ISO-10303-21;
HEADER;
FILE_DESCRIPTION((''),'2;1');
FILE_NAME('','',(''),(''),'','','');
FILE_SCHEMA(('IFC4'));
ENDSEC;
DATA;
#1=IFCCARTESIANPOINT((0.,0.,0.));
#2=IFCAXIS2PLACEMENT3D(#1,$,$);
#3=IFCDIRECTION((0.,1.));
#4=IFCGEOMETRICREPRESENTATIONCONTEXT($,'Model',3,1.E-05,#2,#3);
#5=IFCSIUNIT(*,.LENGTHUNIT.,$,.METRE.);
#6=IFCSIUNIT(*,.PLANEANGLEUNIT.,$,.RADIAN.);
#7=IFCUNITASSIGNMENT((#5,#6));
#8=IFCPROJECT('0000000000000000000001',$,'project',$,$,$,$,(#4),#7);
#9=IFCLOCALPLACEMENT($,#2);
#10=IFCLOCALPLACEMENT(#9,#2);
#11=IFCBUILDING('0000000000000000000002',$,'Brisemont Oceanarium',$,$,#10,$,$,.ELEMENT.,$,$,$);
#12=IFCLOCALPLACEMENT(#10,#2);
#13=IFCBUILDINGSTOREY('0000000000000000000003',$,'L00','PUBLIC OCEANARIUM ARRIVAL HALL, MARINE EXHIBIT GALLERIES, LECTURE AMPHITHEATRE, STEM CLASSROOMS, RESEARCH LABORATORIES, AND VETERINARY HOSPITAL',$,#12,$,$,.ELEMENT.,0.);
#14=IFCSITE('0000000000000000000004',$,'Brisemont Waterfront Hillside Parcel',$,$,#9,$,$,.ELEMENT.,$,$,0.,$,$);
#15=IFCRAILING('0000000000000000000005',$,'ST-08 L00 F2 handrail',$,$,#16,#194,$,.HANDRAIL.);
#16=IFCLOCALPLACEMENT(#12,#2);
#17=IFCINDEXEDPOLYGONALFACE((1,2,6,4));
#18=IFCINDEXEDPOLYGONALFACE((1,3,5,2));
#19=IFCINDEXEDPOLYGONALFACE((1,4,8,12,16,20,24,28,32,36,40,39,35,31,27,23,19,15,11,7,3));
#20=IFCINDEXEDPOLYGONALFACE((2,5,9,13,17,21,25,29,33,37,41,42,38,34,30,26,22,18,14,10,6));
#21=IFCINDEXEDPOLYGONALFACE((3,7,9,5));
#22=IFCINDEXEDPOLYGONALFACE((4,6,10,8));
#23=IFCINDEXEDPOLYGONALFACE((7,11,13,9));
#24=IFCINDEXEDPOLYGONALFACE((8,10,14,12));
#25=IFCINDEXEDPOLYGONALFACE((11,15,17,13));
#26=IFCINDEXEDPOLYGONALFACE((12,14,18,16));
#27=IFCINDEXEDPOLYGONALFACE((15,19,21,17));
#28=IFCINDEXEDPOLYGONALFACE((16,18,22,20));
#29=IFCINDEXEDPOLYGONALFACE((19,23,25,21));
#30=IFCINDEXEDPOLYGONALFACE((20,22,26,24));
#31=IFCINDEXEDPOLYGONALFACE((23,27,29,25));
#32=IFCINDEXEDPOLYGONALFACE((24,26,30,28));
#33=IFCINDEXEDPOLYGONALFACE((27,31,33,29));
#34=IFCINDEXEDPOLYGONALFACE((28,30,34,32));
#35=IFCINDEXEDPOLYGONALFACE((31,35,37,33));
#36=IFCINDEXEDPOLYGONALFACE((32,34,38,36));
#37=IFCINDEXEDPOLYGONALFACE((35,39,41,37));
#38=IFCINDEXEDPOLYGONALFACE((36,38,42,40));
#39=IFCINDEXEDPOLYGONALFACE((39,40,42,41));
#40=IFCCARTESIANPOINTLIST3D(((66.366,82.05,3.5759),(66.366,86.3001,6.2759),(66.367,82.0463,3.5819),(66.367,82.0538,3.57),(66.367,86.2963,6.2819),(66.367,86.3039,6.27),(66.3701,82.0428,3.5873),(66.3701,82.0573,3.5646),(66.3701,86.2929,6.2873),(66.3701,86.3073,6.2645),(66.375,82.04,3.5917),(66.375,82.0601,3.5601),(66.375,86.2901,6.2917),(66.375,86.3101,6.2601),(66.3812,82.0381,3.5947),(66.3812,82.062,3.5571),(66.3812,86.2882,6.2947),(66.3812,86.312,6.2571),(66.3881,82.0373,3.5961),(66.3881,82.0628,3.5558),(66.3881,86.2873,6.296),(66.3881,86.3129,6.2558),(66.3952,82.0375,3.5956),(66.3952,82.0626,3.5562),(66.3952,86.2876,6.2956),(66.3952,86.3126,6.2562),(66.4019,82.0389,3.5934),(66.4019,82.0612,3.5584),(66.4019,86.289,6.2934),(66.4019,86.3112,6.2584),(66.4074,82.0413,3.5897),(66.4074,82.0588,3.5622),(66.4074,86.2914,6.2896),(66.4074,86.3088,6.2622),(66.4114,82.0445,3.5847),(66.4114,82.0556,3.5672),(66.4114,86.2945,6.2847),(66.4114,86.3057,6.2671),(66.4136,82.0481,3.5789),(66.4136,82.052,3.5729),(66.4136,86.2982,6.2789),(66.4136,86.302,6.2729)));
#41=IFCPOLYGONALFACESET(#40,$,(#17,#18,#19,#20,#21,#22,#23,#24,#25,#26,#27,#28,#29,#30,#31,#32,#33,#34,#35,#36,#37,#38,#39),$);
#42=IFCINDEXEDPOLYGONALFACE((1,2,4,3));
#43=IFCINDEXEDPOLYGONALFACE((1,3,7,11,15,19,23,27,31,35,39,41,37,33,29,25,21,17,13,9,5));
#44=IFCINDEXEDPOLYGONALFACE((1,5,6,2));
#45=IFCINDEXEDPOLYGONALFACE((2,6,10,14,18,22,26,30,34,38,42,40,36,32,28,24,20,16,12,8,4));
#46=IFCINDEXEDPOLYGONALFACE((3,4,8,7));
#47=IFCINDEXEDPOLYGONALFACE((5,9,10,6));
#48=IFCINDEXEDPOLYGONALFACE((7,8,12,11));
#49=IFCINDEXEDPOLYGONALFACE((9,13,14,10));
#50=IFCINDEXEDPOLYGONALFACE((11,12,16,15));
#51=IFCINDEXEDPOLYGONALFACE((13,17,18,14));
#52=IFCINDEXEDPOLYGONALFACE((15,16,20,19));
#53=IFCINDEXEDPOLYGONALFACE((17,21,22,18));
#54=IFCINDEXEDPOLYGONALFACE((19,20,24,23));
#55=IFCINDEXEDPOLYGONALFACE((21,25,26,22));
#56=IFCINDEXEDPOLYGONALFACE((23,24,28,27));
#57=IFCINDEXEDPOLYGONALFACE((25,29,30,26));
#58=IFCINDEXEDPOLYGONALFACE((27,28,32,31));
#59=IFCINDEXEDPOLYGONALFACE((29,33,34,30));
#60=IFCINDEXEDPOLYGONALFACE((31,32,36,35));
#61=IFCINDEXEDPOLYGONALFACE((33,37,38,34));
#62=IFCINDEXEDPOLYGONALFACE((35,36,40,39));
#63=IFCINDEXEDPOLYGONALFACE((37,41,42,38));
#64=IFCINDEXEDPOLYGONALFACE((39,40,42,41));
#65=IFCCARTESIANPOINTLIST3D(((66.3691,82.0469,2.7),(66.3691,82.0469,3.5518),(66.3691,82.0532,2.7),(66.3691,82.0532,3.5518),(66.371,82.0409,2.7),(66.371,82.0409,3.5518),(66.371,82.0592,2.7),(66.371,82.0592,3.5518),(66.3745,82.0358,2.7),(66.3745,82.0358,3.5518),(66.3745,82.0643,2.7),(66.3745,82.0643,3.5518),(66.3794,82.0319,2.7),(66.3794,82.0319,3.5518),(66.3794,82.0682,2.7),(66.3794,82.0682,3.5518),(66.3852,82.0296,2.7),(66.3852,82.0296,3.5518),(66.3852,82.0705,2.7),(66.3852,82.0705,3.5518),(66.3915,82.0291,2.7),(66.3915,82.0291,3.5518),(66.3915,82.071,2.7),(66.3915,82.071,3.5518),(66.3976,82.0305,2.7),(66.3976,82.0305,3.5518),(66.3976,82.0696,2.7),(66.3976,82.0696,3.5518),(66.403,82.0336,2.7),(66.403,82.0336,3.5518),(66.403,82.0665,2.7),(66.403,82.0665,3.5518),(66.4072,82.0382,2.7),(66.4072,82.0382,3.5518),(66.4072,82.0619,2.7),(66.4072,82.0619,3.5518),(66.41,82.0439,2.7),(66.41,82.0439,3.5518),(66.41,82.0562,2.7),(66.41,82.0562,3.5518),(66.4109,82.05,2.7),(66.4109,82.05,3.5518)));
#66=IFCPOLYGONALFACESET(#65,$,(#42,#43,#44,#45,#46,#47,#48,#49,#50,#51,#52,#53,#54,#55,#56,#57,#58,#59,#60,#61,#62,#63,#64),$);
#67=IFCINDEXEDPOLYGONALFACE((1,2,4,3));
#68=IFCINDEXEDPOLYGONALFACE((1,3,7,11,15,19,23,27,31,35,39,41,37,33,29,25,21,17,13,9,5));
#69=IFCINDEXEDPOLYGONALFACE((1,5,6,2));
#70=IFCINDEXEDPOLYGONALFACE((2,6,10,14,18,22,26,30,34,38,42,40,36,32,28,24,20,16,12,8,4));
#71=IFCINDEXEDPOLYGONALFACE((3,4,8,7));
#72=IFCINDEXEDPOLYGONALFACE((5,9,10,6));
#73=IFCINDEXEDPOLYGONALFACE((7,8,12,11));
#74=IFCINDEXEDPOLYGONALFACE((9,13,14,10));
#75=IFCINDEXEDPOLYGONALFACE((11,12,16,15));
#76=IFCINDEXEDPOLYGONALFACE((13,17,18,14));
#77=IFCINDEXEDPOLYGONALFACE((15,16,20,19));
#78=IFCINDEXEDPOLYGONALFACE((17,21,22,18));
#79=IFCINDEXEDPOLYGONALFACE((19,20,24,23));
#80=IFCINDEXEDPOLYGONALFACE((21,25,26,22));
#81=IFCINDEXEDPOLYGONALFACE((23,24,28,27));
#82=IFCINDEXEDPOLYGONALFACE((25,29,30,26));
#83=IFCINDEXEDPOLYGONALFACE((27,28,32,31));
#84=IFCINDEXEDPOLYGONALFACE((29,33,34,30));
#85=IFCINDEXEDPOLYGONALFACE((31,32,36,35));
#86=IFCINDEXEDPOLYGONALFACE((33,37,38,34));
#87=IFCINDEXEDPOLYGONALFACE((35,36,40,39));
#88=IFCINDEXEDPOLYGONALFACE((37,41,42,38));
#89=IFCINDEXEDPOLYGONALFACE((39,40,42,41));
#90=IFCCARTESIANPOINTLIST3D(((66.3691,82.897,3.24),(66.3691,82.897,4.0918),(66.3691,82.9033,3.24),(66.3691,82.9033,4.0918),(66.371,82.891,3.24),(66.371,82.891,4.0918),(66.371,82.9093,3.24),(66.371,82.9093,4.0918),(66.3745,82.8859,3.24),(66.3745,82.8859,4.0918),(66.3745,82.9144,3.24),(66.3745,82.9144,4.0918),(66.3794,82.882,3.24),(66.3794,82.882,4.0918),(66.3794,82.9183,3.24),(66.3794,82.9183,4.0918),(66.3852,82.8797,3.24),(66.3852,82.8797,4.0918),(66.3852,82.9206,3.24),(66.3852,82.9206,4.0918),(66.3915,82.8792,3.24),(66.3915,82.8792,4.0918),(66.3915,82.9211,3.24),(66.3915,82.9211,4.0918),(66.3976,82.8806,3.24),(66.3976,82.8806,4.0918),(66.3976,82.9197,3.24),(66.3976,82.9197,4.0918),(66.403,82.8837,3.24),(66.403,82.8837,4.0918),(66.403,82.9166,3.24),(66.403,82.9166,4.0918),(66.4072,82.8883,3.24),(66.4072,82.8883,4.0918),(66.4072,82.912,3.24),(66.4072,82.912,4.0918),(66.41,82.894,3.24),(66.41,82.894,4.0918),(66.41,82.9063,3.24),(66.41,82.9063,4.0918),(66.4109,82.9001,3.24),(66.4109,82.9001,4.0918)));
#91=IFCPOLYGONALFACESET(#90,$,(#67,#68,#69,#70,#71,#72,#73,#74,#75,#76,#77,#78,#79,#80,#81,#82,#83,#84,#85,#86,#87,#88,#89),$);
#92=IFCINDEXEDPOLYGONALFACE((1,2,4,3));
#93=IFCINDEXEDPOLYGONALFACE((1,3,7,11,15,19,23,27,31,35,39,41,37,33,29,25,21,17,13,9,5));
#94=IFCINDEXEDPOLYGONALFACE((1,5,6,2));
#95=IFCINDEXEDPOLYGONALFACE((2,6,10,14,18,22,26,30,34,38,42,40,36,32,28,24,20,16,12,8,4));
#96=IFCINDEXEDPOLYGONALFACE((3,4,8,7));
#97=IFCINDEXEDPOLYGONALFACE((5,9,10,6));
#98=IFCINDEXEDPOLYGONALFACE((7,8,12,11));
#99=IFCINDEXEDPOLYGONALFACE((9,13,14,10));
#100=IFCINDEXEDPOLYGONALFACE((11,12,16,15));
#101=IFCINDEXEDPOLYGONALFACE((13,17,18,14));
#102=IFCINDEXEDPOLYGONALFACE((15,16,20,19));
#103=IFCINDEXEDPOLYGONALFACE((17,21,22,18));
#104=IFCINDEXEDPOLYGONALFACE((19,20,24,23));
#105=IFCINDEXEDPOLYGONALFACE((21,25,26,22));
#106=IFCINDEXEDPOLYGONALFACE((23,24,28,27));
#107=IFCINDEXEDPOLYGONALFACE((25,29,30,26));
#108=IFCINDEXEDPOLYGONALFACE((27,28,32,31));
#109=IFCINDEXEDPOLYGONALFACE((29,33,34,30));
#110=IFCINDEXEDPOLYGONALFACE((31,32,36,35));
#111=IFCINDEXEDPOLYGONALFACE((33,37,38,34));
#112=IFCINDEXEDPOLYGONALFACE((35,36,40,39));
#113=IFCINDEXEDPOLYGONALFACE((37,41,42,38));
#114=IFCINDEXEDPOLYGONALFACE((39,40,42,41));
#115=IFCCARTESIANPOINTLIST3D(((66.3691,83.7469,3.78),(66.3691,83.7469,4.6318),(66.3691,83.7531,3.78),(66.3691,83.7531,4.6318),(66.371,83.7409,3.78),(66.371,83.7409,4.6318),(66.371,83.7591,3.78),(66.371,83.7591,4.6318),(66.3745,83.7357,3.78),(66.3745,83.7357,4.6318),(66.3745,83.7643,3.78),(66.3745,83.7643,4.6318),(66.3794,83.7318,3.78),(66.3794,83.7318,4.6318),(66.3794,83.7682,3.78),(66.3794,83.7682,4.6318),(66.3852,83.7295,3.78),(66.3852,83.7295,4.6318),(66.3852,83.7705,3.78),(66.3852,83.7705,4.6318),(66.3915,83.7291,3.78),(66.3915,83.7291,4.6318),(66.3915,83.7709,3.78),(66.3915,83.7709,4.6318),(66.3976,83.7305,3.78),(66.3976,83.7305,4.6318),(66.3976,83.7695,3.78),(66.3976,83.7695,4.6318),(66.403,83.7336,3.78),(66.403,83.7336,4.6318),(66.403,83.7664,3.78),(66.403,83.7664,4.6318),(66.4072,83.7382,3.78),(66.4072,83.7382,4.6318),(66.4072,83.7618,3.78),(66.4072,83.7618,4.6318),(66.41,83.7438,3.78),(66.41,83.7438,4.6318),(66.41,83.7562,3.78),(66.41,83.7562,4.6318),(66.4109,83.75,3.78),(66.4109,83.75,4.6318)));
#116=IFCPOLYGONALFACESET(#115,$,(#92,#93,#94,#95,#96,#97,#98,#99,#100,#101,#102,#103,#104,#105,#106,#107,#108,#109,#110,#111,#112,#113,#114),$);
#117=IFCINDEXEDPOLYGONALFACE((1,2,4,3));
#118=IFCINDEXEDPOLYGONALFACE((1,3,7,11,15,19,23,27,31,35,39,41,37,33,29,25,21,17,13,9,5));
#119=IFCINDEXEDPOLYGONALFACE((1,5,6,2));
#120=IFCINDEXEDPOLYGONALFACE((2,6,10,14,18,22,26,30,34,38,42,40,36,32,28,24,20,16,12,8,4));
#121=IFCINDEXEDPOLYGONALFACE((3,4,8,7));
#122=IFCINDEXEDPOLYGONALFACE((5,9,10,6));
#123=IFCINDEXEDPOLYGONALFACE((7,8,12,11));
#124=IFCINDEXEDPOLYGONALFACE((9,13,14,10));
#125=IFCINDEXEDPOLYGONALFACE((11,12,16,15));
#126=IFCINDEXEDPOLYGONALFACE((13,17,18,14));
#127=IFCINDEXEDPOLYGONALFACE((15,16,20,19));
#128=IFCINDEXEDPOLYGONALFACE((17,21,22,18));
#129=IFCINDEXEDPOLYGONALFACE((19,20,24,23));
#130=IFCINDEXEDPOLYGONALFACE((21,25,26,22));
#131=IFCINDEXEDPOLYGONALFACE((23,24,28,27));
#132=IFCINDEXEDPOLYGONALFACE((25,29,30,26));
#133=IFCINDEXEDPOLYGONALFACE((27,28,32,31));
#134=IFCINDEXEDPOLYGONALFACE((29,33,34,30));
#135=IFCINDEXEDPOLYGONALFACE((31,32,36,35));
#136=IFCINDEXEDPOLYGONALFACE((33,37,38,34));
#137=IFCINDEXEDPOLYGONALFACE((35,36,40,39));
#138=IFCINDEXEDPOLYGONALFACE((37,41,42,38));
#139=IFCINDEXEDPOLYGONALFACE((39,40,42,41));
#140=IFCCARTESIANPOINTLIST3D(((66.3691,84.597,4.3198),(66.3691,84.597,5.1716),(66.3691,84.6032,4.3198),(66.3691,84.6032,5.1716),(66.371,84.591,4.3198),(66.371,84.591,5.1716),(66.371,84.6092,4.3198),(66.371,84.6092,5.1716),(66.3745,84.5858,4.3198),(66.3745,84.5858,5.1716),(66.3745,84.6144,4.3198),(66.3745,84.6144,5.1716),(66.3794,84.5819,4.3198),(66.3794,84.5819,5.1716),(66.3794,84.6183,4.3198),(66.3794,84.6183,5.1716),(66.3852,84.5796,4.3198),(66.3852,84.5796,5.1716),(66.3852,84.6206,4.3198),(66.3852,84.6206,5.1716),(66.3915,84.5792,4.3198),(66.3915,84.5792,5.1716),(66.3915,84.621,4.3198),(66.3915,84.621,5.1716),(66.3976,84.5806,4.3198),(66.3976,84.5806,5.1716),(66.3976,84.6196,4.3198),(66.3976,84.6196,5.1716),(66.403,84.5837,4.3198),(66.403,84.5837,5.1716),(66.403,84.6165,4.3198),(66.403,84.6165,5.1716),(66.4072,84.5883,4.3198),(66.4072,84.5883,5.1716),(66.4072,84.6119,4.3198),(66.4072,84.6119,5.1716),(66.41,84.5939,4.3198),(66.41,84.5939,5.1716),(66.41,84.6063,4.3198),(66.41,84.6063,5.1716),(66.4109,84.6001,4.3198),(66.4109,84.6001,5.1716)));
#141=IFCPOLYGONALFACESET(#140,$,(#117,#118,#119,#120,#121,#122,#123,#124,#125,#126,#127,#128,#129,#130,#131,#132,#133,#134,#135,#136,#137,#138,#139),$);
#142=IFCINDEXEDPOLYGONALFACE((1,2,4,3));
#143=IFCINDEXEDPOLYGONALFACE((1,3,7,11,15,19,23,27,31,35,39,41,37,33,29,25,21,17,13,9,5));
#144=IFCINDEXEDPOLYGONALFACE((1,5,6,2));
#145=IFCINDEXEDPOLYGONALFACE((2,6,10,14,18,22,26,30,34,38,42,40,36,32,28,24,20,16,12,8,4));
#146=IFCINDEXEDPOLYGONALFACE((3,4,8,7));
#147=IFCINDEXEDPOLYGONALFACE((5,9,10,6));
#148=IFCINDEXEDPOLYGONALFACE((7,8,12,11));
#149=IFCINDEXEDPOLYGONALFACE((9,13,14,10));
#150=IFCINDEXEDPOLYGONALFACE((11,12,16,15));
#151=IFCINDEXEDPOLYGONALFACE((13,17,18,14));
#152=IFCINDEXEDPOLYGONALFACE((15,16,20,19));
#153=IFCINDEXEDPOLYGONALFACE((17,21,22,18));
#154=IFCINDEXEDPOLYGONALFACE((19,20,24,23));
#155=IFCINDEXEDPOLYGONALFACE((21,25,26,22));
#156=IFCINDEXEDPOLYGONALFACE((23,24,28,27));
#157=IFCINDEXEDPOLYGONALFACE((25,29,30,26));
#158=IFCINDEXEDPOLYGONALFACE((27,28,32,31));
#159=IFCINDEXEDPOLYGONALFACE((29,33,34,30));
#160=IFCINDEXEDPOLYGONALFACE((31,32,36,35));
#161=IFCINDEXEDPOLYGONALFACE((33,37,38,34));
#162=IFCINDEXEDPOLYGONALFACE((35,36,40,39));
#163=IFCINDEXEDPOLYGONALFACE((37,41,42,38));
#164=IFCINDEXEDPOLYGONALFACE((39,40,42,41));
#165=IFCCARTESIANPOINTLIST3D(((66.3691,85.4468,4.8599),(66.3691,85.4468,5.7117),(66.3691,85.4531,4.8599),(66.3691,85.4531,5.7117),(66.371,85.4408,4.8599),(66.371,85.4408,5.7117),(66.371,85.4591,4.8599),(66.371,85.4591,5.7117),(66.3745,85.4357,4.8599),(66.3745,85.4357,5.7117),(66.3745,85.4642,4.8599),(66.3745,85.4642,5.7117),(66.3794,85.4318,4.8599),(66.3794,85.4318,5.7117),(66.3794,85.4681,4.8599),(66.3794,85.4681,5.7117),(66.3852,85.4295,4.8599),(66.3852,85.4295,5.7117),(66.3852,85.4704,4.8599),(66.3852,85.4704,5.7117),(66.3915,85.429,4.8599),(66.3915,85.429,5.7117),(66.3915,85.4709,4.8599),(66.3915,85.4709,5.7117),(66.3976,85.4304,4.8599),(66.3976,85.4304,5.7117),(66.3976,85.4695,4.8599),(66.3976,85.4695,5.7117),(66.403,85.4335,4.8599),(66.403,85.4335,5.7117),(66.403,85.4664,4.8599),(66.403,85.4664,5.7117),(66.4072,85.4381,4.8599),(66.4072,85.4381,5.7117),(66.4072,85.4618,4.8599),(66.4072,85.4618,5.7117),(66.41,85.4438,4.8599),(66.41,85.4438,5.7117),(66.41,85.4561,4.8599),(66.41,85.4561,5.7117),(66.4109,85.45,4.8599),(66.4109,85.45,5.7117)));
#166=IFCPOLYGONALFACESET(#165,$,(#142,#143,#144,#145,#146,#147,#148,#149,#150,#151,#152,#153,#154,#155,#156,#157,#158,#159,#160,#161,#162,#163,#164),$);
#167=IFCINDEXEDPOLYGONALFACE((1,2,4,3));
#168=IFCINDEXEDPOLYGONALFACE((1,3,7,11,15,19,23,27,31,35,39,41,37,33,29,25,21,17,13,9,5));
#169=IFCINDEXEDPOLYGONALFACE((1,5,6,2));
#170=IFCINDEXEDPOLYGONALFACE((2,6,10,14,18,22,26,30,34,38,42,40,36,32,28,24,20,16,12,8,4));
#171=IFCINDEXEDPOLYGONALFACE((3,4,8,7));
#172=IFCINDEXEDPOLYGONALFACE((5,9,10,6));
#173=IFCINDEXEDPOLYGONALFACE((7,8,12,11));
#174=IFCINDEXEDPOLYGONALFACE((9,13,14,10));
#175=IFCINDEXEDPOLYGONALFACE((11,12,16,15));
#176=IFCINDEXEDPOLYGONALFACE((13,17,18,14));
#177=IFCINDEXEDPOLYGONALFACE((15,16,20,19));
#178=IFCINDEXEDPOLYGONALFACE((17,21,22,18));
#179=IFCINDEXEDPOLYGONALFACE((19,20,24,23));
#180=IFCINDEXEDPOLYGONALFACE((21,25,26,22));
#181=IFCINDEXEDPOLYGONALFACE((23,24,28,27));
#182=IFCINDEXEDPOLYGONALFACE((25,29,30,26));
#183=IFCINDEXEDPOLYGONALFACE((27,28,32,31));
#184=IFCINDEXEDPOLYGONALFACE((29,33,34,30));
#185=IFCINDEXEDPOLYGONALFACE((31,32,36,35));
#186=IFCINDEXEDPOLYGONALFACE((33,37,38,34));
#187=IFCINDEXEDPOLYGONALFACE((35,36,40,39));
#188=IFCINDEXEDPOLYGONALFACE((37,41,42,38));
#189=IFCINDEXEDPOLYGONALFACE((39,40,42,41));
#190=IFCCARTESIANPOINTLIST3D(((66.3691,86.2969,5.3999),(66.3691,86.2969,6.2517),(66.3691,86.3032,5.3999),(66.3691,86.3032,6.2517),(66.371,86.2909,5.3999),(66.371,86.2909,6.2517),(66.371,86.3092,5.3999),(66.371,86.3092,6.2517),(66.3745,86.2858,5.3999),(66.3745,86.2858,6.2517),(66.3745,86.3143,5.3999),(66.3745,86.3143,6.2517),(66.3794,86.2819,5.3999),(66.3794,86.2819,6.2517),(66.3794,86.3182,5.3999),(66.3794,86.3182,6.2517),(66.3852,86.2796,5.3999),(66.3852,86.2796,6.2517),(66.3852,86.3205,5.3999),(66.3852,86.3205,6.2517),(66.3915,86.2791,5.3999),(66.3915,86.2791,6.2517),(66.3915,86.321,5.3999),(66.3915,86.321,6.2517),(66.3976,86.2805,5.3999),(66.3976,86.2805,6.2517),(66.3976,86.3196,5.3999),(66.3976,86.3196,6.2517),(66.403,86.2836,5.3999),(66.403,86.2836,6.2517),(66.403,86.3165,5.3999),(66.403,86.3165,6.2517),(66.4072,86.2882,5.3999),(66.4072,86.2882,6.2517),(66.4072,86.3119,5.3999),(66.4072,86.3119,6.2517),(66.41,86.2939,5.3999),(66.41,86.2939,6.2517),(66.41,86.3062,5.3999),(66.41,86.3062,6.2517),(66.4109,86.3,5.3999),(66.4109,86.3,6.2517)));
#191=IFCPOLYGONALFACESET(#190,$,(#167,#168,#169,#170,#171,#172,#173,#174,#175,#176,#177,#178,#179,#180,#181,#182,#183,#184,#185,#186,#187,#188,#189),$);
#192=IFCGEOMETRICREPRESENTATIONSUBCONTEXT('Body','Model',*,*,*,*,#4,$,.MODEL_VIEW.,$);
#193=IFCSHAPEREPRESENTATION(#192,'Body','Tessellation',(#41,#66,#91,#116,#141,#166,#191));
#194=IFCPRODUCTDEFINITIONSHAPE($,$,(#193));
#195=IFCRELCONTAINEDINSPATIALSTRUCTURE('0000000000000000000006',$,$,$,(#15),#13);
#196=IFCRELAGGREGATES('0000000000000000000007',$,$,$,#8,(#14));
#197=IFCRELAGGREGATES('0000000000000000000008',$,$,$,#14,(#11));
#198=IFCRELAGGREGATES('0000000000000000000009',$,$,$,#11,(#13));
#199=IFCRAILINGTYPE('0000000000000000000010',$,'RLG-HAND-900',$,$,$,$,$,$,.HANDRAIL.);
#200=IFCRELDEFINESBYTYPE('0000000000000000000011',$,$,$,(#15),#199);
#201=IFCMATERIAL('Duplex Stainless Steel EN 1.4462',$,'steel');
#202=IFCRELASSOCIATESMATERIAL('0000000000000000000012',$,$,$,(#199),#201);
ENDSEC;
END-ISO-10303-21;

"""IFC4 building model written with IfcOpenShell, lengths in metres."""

from ifc_helpers import new_model, si_unit, direction, frame, origin, origin_2d, place, context, subcontext, project, spatial, circle, extrude, material, type_object, element, save


model = new_model("IFC4")

# Units and contexts
model_context = context("Model", 3, precision=1e-05, world=origin(), true_north=direction((0.0, 1.0)))
body_context = subcontext(model_context, "Body", "Model", "MODEL_VIEW")
ifc_project = project(units=[si_unit("LENGTHUNIT", "METRE"), si_unit("PLANEANGLEUNIT", "RADIAN")], contexts=[model_context])

# Site, building, storey
site_placement = place(None, origin())
site = spatial("IfcSite", under=ifc_project, at=site_placement, Name="Brisemont Waterfront Hillside Parcel", CompositionType="ELEMENT", RefElevation=0.0)
building_placement = place(site_placement, origin())
building = spatial("IfcBuilding", under=site, at=building_placement, Name="Brisemont Oceanarium", CompositionType="ELEMENT")
storey_placement = place(building_placement, origin())
storey = spatial("IfcBuildingStorey", under=building, at=storey_placement, Name="L00", Description="PUBLIC OCEANARIUM ARRIVAL HALL, MARINE EXHIBIT GALLERIES, LECTURE AMPHITHEATRE, STEM CLASSROOMS, RESEARCH LABORATORIES, AND VETERINARY HOSPITAL", CompositionType="ELEMENT", Elevation=0.0)

# Railing
ifc_material_1 = material(Name="Duplex Stainless Steel EN 1.4462", Category="steel")
railing_type_1 = type_object("IfcRailingType", Name="RLG-HAND-900", PredefinedType="HANDRAIL", material=ifc_material_1)
railing_1_placement = place(storey_placement, frame((66.3899, 82.05, 2.7)))
element("IfcRailing", 1, at=railing_1_placement, inside=storey, type_object=railing_type_1, Name="ST-08 L00 F2 handrail", PredefinedType="HANDRAIL", context=body_context, shape_type="SweptSolid", body=[
    extrude(circle(Radius=0.0239, at=origin_2d()), frame((0.0, 0.0, 0.876), z_axis=(0.0, 0.844075, 0.536226), x_axis=(-1.0, 0.0, 0.0)), (0.0, 0.0, 1.0), 5.0352),
    extrude(circle(Radius=0.021, at=origin_2d()), origin(), (0.0, 0.0, 1.0), 0.8518),
    extrude(circle(Radius=0.021, at=origin_2d()), frame((0.0, 0.8501, 0.54)), (0.0, 0.0, 1.0), 0.8518),
    extrude(circle(Radius=0.021, at=origin_2d()), frame((0.0, 1.7, 1.0801)), (0.0, 0.0, 1.0), 0.8518),
    extrude(circle(Radius=0.021, at=origin_2d()), frame((0.0, 2.55, 1.6199)), (0.0, 0.0, 1.0), 0.8518),
    extrude(circle(Radius=0.021, at=origin_2d()), frame((0.0, 3.3999, 2.1599)), (0.0, 0.0, 1.0), 0.8518),
    extrude(circle(Radius=0.021, at=origin_2d()), frame((0.0, 4.25, 2.7)), (0.0, 0.0, 1.0), 0.8518),
])

save(model, "model.ifc")
